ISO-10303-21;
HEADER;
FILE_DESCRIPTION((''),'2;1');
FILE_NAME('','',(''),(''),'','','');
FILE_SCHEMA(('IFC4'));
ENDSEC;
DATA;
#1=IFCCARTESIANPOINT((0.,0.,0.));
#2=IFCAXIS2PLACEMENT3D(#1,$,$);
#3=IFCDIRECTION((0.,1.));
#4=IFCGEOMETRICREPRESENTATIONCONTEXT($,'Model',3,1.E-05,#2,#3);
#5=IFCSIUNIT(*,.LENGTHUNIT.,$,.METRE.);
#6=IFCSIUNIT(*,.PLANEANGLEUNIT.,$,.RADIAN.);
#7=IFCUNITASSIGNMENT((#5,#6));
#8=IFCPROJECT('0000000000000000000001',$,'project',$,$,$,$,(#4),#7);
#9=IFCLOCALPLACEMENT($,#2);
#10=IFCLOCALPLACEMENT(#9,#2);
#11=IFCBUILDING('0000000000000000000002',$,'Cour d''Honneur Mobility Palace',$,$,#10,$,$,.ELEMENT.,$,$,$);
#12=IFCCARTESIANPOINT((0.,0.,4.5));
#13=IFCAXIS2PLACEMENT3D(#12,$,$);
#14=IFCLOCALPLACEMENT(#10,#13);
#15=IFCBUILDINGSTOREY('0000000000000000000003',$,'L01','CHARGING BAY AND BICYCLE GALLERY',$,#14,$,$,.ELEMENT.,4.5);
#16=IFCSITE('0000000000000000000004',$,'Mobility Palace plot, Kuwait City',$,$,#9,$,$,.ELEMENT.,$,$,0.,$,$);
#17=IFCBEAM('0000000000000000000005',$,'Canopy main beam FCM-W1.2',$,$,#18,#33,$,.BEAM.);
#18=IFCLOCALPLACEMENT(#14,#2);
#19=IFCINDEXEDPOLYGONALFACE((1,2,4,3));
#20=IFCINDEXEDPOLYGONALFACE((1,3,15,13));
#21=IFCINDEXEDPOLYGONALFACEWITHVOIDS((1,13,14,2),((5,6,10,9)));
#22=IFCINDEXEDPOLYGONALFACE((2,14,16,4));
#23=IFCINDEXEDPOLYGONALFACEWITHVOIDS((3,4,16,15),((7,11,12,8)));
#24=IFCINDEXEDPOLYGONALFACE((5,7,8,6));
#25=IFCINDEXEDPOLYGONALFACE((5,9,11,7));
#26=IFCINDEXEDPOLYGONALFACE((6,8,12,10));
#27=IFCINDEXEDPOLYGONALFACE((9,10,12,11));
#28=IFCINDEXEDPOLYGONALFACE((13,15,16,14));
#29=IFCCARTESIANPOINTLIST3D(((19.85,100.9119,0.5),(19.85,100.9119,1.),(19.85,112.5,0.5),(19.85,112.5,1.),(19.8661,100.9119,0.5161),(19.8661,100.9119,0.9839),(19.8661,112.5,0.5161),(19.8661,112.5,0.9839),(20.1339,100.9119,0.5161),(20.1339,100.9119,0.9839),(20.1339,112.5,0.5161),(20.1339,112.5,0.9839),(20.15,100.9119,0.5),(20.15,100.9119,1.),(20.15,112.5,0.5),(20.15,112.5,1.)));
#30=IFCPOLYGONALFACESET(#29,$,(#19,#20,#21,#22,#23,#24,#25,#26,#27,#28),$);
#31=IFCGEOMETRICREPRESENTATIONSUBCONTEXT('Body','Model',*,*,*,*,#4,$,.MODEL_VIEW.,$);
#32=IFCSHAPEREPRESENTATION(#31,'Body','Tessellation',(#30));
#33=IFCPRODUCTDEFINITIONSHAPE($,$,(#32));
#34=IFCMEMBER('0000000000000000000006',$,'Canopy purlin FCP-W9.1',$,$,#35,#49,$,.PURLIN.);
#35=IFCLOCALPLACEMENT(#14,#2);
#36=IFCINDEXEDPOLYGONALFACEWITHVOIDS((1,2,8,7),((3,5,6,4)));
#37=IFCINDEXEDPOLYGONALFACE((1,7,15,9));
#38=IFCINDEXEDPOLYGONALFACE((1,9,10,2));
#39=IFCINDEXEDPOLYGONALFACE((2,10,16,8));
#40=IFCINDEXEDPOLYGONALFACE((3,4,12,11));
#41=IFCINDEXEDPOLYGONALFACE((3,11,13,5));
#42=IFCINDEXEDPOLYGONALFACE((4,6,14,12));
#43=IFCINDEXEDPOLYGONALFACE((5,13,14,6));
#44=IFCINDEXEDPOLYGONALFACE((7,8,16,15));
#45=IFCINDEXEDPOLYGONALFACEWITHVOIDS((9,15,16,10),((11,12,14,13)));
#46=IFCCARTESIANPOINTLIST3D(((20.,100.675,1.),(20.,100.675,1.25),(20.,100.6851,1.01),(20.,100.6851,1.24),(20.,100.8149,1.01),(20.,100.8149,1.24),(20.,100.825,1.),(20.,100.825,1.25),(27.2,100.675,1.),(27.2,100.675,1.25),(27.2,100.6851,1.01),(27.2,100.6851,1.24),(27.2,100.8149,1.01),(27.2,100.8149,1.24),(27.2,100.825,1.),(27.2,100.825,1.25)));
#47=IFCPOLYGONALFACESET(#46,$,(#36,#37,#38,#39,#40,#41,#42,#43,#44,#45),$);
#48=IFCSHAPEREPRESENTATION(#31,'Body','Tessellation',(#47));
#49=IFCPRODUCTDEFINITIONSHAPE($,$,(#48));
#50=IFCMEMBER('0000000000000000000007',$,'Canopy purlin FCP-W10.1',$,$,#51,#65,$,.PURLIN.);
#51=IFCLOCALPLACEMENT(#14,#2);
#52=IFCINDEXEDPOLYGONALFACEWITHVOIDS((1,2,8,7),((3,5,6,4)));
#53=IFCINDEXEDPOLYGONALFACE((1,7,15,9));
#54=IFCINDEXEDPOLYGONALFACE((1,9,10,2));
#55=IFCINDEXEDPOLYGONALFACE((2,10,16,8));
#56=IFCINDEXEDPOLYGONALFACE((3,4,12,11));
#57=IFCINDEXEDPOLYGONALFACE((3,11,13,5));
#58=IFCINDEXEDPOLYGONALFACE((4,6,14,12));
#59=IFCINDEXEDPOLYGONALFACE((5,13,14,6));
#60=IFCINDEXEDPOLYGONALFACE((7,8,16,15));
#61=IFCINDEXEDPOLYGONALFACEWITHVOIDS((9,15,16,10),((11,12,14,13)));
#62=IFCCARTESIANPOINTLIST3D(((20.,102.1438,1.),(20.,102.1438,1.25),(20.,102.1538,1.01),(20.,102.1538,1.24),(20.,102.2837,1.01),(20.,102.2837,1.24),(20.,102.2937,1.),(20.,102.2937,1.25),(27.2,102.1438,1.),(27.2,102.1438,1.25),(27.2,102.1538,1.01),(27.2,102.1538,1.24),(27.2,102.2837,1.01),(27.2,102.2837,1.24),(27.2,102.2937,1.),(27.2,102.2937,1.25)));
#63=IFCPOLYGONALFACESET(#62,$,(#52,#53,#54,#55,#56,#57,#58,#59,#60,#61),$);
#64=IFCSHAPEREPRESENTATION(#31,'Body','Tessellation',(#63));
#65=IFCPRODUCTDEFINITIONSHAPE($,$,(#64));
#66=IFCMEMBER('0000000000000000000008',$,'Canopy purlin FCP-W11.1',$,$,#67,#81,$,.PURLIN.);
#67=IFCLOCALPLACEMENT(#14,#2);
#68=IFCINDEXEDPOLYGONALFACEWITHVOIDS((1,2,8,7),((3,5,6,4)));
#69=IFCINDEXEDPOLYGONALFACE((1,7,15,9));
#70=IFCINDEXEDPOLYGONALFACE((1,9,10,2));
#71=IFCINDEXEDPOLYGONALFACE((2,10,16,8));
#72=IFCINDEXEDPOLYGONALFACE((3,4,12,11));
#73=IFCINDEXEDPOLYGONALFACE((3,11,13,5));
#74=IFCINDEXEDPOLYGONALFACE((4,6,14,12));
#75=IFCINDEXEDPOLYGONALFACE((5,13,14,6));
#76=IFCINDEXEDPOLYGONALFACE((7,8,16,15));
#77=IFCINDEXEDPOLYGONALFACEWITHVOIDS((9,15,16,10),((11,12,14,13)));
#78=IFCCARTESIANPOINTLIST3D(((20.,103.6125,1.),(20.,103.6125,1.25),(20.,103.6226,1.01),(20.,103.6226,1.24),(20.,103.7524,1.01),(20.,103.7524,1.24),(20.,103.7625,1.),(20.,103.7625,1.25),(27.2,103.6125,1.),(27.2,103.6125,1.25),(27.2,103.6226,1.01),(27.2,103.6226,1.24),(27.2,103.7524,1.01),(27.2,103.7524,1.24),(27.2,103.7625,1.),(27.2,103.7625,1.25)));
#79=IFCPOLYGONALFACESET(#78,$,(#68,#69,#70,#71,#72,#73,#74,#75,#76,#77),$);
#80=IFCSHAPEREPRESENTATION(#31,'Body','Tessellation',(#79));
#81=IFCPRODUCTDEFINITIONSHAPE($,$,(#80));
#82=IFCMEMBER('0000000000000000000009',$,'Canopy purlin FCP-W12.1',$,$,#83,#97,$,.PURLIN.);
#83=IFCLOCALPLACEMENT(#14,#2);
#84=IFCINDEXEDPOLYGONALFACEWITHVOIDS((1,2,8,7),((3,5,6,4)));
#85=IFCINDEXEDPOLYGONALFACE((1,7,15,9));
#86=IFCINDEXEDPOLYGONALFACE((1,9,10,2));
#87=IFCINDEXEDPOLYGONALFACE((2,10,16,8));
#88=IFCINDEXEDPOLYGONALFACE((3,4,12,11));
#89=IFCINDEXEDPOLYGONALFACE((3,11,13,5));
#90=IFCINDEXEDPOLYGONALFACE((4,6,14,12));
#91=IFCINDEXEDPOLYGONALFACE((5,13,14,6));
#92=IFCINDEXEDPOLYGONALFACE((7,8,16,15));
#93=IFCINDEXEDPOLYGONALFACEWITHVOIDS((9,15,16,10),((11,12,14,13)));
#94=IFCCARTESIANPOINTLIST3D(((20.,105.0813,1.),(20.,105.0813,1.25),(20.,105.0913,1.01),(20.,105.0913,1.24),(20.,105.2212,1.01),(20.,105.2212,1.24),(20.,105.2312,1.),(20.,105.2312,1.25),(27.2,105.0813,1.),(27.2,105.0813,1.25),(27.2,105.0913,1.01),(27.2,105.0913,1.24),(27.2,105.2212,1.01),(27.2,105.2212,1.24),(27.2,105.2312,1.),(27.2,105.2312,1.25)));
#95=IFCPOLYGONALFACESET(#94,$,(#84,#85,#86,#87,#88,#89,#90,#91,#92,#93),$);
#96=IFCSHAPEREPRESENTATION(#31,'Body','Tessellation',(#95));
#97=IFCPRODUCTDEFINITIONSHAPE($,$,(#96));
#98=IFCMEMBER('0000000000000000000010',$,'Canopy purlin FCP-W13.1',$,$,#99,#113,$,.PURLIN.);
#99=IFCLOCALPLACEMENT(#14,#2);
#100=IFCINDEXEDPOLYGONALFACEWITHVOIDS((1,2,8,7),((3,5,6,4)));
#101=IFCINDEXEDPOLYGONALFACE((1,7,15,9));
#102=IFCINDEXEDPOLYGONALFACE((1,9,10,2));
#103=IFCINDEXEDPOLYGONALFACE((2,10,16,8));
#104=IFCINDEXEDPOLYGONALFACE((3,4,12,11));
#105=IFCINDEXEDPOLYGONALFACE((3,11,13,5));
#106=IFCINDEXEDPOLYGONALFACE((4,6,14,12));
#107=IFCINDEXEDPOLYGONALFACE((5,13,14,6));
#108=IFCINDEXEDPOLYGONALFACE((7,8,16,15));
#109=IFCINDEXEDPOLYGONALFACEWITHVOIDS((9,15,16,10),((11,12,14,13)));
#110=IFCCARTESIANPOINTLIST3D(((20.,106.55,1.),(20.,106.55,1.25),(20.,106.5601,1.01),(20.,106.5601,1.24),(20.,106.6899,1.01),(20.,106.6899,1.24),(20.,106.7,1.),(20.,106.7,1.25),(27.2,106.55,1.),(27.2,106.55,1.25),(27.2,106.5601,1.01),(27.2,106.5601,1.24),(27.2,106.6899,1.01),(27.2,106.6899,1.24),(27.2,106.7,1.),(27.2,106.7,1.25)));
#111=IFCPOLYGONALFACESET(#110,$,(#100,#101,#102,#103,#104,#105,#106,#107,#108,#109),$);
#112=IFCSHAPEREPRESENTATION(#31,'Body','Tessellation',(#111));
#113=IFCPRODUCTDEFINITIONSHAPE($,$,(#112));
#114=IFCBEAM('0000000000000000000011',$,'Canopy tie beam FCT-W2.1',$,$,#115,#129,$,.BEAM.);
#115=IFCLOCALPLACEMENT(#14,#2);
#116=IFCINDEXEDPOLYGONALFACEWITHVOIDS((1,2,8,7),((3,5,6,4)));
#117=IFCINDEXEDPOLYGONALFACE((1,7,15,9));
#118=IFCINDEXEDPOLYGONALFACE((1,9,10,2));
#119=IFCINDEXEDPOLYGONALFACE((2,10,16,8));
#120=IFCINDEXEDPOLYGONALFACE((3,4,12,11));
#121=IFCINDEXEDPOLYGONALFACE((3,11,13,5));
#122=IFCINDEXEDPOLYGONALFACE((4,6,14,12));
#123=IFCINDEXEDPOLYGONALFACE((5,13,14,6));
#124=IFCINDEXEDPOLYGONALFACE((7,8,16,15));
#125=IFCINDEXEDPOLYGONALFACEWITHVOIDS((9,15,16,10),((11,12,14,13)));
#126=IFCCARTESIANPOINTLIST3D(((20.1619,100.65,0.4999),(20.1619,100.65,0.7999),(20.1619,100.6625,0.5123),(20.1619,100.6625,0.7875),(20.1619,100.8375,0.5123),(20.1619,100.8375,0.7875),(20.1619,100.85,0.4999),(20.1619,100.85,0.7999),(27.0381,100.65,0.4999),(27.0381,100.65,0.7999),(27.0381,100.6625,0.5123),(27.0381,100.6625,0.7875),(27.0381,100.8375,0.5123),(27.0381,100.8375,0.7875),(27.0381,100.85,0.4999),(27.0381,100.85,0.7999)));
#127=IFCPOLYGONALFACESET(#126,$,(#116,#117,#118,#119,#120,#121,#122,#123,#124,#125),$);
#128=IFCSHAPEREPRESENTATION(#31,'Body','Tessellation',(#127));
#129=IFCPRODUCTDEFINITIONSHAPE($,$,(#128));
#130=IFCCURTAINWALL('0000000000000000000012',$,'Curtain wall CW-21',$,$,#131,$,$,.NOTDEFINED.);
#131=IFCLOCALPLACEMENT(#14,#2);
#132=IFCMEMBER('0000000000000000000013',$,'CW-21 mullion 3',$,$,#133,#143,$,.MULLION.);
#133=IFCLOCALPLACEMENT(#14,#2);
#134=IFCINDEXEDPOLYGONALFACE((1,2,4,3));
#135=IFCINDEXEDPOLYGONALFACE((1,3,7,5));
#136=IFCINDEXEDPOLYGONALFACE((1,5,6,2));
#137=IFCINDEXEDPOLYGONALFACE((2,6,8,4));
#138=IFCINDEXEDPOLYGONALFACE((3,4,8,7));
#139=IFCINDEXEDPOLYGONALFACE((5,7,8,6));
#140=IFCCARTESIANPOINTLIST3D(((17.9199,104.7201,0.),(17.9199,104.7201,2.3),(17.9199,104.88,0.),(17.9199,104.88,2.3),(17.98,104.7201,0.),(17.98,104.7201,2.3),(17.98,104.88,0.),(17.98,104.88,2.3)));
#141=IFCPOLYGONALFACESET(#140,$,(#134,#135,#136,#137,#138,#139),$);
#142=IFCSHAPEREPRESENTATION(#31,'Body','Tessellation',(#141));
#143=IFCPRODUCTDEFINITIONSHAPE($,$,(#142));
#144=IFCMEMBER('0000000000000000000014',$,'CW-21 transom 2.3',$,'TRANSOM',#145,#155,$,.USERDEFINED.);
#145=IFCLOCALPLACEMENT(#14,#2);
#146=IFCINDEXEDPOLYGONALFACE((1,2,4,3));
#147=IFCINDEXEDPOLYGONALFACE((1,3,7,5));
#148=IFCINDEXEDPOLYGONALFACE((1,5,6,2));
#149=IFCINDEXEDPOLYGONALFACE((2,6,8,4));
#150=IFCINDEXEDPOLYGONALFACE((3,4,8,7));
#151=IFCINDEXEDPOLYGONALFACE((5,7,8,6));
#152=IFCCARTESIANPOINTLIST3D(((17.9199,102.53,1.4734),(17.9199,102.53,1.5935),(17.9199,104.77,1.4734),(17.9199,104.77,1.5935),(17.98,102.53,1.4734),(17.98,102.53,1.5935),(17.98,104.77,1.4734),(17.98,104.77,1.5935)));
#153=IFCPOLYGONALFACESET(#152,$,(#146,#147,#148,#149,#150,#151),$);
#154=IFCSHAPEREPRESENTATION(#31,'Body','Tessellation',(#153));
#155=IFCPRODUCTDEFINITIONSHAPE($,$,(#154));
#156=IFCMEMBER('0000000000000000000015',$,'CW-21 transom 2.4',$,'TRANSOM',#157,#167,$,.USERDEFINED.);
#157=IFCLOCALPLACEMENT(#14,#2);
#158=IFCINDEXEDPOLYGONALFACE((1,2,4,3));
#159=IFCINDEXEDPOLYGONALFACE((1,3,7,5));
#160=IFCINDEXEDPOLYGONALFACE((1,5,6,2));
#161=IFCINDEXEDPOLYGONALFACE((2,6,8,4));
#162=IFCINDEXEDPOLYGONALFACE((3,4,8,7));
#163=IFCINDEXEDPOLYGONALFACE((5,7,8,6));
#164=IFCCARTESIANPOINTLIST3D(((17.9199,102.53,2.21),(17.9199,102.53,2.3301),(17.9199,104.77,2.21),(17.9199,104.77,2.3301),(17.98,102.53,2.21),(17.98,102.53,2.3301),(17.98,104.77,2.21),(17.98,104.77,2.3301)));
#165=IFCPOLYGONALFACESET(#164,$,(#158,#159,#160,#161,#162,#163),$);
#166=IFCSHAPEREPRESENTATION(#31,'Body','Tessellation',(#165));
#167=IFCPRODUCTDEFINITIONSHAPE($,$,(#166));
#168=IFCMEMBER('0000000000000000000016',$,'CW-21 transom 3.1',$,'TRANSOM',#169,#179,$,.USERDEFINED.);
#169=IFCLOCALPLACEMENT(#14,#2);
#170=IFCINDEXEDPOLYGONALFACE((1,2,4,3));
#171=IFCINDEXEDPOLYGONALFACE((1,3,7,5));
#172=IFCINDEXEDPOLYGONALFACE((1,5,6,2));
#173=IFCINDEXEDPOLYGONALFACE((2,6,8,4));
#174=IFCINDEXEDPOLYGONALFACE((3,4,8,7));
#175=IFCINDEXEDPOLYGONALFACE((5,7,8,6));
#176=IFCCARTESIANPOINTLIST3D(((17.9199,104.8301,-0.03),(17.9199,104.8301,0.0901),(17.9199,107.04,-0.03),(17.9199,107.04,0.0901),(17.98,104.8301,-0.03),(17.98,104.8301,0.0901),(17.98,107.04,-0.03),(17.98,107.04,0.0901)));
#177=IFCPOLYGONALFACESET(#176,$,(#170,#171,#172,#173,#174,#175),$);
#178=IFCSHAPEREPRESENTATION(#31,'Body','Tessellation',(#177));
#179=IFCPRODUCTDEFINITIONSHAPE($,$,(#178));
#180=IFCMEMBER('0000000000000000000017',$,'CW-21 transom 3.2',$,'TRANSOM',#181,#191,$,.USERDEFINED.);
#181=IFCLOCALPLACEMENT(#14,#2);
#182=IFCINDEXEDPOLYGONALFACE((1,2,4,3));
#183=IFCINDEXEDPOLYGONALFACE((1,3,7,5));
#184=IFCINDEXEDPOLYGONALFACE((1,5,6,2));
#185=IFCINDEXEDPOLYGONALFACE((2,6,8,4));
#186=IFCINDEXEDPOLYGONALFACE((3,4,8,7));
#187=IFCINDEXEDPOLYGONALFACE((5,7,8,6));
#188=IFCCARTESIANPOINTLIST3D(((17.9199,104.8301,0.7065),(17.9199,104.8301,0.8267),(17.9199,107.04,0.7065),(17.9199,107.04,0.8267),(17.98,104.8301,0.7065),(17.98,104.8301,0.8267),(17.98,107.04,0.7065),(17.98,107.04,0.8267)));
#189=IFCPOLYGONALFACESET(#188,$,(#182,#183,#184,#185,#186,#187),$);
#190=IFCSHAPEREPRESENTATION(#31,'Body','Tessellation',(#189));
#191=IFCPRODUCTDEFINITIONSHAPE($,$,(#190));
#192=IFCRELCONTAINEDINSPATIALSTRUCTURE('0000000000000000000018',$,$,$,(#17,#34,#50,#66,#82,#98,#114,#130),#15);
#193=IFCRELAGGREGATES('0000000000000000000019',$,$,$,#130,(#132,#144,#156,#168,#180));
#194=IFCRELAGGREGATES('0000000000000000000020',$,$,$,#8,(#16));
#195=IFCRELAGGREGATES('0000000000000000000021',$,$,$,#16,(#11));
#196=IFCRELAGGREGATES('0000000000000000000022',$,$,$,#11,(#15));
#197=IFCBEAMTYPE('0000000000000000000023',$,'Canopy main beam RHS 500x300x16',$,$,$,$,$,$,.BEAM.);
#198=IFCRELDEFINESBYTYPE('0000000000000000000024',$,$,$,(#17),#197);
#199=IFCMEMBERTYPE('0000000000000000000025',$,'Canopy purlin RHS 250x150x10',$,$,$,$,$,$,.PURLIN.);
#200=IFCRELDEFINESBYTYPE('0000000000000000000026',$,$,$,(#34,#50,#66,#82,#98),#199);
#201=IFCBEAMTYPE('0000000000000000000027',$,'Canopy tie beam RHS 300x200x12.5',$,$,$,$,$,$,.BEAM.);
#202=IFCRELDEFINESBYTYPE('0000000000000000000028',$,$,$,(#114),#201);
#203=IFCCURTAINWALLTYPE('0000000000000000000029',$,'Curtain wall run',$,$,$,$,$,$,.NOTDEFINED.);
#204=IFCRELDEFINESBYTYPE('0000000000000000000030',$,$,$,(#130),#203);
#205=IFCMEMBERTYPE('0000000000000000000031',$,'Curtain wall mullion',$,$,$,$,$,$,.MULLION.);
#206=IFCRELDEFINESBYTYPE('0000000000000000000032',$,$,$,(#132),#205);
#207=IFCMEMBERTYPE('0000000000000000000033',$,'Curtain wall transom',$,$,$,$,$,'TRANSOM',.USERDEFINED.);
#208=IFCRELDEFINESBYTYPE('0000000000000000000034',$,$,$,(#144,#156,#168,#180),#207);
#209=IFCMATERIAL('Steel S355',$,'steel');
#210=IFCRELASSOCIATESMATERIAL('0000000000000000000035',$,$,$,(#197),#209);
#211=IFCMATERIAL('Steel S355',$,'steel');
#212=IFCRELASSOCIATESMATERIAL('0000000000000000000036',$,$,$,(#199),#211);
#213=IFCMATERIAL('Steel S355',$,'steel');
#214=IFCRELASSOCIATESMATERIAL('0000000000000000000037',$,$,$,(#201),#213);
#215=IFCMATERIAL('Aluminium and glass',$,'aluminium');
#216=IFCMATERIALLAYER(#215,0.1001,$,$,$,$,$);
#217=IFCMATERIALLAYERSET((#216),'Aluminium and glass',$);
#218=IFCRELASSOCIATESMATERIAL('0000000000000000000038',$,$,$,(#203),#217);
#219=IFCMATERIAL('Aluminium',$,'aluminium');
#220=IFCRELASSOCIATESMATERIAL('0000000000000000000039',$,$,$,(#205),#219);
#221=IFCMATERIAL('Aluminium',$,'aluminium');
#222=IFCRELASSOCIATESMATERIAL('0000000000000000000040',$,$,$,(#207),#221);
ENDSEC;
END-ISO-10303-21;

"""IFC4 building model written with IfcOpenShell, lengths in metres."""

from ifc_helpers import new_model, si_unit, direction, frame, origin, origin_2d, place, context, subcontext, project, spatial, rectangle, hollow_rectangle, extrude, material, layer, layer_set, material_profile, profile_set, type_object, element, aggregate, save


model = new_model("IFC4")

# Units and contexts
model_context = context("Model", 3, precision=1e-05, world=origin(), true_north=direction((0.0, 1.0)))
body_context = subcontext(model_context, "Body", "Model", "MODEL_VIEW")
ifc_project = project(units=[si_unit("LENGTHUNIT", "METRE"), si_unit("PLANEANGLEUNIT", "RADIAN")], contexts=[model_context])

# Site, building, storey
site_placement = place(None, origin())
site = spatial("IfcSite", under=ifc_project, at=site_placement, Name="Mobility Palace plot, Kuwait City", CompositionType="ELEMENT", RefElevation=0.0)
building_placement = place(site_placement, origin())
building = spatial("IfcBuilding", under=site, at=building_placement, Name="Cour d'Honneur Mobility Palace", CompositionType="ELEMENT")
storey_placement = place(building_placement, frame((0.0, 0.0, 4.5)))
storey = spatial("IfcBuildingStorey", under=building, at=storey_placement, Name="L01", Description="CHARGING BAY AND BICYCLE GALLERY", CompositionType="ELEMENT", Elevation=4.5)

# Beam
ifc_material_1 = material(Name="Steel S355", Category="steel")
ifc_material_profile_1 = material_profile(ifc_material_1, hollow_rectangle(XDim=0.3, YDim=0.5, WallThickness=0.0161, at=origin_2d()), Name="RHS 500x300x16")
ifc_profile_set_1 = profile_set([ifc_material_profile_1], Name="Steel S355")
beam_type_1 = type_object("IfcBeamType", Name="Canopy main beam RHS 500x300x16", PredefinedType="BEAM", material=ifc_profile_set_1)
beam_1_placement = place(storey_placement, frame((20.0, 100.9119, 0.75), z_axis=(0.0, 1.0, 0.0), x_axis=(-1.0, 0.0, 0.0)))
element("IfcBeam", 1, at=beam_1_placement, inside=storey, type_object=beam_type_1, Name="Canopy main beam FCM-W1.2", PredefinedType="BEAM", context=body_context, shape_type="SweptSolid", body=[
    extrude(hollow_rectangle(XDim=0.3, YDim=0.5, WallThickness=0.0161, at=origin_2d()), origin(), (0.0, 0.0, 1.0), 11.5881),
])

# Members
ifc_material_2 = material(Name="Steel S355", Category="steel")
ifc_material_profile_2 = material_profile(ifc_material_2, hollow_rectangle(XDim=0.1499, YDim=0.25, WallThickness=0.01, at=origin_2d()), Name="RHS 250x150x10")
ifc_profile_set_2 = profile_set([ifc_material_profile_2], Name="Steel S355")
member_type_1 = type_object("IfcMemberType", Name="Canopy purlin RHS 250x150x10", PredefinedType="PURLIN", material=ifc_profile_set_2)
for number, where, z_axis, x_axis, name in (
    (2, (20.0, 100.75, 1.125), (1.0, 0.0, 0.0), (0.0, 1.0, 0.0), "Canopy purlin FCP-W9.1"),
    (3, (20.0, 102.2188, 1.125), (1.0, 0.0, 0.0), (0.0, 1.0, 0.0), "Canopy purlin FCP-W10.1"),
    (4, (20.0, 103.6875, 1.125), (1.0, 0.0, 0.0), (0.0, 1.0, 0.0), "Canopy purlin FCP-W11.1"),
    (5, (20.0, 105.1562, 1.125), (1.0, 0.0, 0.0), (0.0, 1.0, 0.0), "Canopy purlin FCP-W12.1"),
    (6, (20.0, 106.625, 1.125), (1.0, 0.0, 0.0), (0.0, 1.0, 0.0), "Canopy purlin FCP-W13.1"),
):
    element("IfcMember", number, at=place(storey_placement, frame(where, z_axis=z_axis, x_axis=x_axis)), inside=storey, type_object=member_type_1, Name=name, PredefinedType="PURLIN", context=body_context, shape_type="SweptSolid", body=[
        extrude(hollow_rectangle(XDim=0.1499, YDim=0.25, WallThickness=0.01, at=origin_2d()), origin(), (0.0, 0.0, 1.0), 7.2),
    ])

# Beam
ifc_material_3 = material(Name="Steel S355", Category="steel")
ifc_material_profile_3 = material_profile(ifc_material_3, hollow_rectangle(XDim=0.2, YDim=0.3, WallThickness=0.0125, at=origin_2d()), Name="RHS 300x200x12.5")
ifc_profile_set_3 = profile_set([ifc_material_profile_3], Name="Steel S355")
beam_type_2 = type_object("IfcBeamType", Name="Canopy tie beam RHS 300x200x12.5", PredefinedType="BEAM", material=ifc_profile_set_3)
beam_2_placement = place(storey_placement, frame((20.1619, 100.75, 0.6499), z_axis=(1.0, 0.0, 0.0), x_axis=(0.0, 1.0, 0.0)))
element("IfcBeam", 7, at=beam_2_placement, inside=storey, type_object=beam_type_2, Name="Canopy tie beam FCT-W2.1", PredefinedType="BEAM", context=body_context, shape_type="SweptSolid", body=[
    extrude(hollow_rectangle(XDim=0.2, YDim=0.3, WallThickness=0.0125, at=origin_2d()), origin(), (0.0, 0.0, 1.0), 6.8762),
])

# Curtain wall, members
ifc_material_4 = material(Name="Aluminium and glass", Category="aluminium")
ifc_layer_1 = layer(ifc_material_4, 0.1001)
ifc_layer_set_1 = layer_set([ifc_layer_1], Name="Aluminium and glass")
curtain_wall_type = type_object("IfcCurtainWallType", Name="Curtain wall run", PredefinedType="NOTDEFINED", material=ifc_layer_set_1)
curtain_wall_placement = place(storey_placement, origin())
curtain_wall = element("IfcCurtainWall", 8, at=curtain_wall_placement, inside=storey, type_object=curtain_wall_type, Name="Curtain wall CW-21", PredefinedType="NOTDEFINED")
ifc_material_5 = material(Name="Aluminium", Category="aluminium")
ifc_material_profile_4 = material_profile(ifc_material_5, rectangle(XDim=0.0601, YDim=0.1599, at=origin_2d()), Name="Curtain wall mullion")
ifc_profile_set_4 = profile_set([ifc_material_profile_4], Name="Aluminium")
member_type_2 = type_object("IfcMemberType", Name="Curtain wall mullion", PredefinedType="MULLION", material=ifc_profile_set_4)
member_1_placement = place(storey_placement, frame((17.95, 104.8, 0.0), z_axis=(0.0, 0.0, 1.0), x_axis=(-1.0, 0.0, 0.0)))
member_1 = element("IfcMember", 9, at=member_1_placement, type_object=member_type_2, Name="CW-21 mullion 3", PredefinedType="MULLION", context=body_context, shape_type="SweptSolid", body=[
    extrude(rectangle(XDim=0.0601, YDim=0.1599, at=origin_2d()), origin(), (0.0, 0.0, 1.0), 2.3),
])
ifc_material_6 = material(Name="Aluminium", Category="aluminium")
ifc_material_profile_5 = material_profile(ifc_material_6, rectangle(XDim=0.0601, YDim=0.1201, at=origin_2d()), Name="Curtain wall transom")
ifc_profile_set_5 = profile_set([ifc_material_profile_5], Name="Aluminium")
member_type_3 = type_object("IfcMemberType", Name="Curtain wall transom", ElementType="TRANSOM", PredefinedType="USERDEFINED", material=ifc_profile_set_5)
member_2_placement = place(storey_placement, frame((17.95, 102.53, 1.5334), z_axis=(0.0, 1.0, 0.0), x_axis=(-1.0, 0.0, 0.0)))
member_2 = element("IfcMember", 10, at=member_2_placement, type_object=member_type_3, Name="CW-21 transom 2.3", ObjectType="TRANSOM", PredefinedType="USERDEFINED", context=body_context, shape_type="SweptSolid", body=[
    extrude(rectangle(XDim=0.0601, YDim=0.1201, at=origin_2d()), origin(), (0.0, 0.0, 1.0), 2.24),
])
member_3_placement = place(storey_placement, frame((17.95, 102.53, 2.27), z_axis=(0.0, 1.0, 0.0), x_axis=(-1.0, 0.0, 0.0)))
member_3 = element("IfcMember", 11, at=member_3_placement, type_object=member_type_3, Name="CW-21 transom 2.4", ObjectType="TRANSOM", PredefinedType="USERDEFINED", context=body_context, shape_type="SweptSolid", body=[
    extrude(rectangle(XDim=0.0601, YDim=0.1201, at=origin_2d()), origin(), (0.0, 0.0, 1.0), 2.24),
])
member_4_placement = place(storey_placement, frame((17.95, 104.8301, 0.03), z_axis=(0.0, 1.0, 0.0), x_axis=(-1.0, 0.0, 0.0)))
member_4 = element("IfcMember", 12, at=member_4_placement, type_object=member_type_3, Name="CW-21 transom 3.1", ObjectType="TRANSOM", PredefinedType="USERDEFINED", context=body_context, shape_type="SweptSolid", body=[
    extrude(rectangle(XDim=0.0601, YDim=0.1201, at=origin_2d()), origin(), (0.0, 0.0, 1.0), 2.21),
])
member_5_placement = place(storey_placement, frame((17.95, 104.8301, 0.7666), z_axis=(0.0, 1.0, 0.0), x_axis=(-1.0, 0.0, 0.0)))
member_5 = element("IfcMember", 13, at=member_5_placement, type_object=member_type_3, Name="CW-21 transom 3.2", ObjectType="TRANSOM", PredefinedType="USERDEFINED", context=body_context, shape_type="SweptSolid", body=[
    extrude(rectangle(XDim=0.0601, YDim=0.1201, at=origin_2d()), origin(), (0.0, 0.0, 1.0), 2.21),
])
aggregate(curtain_wall, [member_1, member_2, member_3, member_4, member_5])

save(model, "model.ifc")
